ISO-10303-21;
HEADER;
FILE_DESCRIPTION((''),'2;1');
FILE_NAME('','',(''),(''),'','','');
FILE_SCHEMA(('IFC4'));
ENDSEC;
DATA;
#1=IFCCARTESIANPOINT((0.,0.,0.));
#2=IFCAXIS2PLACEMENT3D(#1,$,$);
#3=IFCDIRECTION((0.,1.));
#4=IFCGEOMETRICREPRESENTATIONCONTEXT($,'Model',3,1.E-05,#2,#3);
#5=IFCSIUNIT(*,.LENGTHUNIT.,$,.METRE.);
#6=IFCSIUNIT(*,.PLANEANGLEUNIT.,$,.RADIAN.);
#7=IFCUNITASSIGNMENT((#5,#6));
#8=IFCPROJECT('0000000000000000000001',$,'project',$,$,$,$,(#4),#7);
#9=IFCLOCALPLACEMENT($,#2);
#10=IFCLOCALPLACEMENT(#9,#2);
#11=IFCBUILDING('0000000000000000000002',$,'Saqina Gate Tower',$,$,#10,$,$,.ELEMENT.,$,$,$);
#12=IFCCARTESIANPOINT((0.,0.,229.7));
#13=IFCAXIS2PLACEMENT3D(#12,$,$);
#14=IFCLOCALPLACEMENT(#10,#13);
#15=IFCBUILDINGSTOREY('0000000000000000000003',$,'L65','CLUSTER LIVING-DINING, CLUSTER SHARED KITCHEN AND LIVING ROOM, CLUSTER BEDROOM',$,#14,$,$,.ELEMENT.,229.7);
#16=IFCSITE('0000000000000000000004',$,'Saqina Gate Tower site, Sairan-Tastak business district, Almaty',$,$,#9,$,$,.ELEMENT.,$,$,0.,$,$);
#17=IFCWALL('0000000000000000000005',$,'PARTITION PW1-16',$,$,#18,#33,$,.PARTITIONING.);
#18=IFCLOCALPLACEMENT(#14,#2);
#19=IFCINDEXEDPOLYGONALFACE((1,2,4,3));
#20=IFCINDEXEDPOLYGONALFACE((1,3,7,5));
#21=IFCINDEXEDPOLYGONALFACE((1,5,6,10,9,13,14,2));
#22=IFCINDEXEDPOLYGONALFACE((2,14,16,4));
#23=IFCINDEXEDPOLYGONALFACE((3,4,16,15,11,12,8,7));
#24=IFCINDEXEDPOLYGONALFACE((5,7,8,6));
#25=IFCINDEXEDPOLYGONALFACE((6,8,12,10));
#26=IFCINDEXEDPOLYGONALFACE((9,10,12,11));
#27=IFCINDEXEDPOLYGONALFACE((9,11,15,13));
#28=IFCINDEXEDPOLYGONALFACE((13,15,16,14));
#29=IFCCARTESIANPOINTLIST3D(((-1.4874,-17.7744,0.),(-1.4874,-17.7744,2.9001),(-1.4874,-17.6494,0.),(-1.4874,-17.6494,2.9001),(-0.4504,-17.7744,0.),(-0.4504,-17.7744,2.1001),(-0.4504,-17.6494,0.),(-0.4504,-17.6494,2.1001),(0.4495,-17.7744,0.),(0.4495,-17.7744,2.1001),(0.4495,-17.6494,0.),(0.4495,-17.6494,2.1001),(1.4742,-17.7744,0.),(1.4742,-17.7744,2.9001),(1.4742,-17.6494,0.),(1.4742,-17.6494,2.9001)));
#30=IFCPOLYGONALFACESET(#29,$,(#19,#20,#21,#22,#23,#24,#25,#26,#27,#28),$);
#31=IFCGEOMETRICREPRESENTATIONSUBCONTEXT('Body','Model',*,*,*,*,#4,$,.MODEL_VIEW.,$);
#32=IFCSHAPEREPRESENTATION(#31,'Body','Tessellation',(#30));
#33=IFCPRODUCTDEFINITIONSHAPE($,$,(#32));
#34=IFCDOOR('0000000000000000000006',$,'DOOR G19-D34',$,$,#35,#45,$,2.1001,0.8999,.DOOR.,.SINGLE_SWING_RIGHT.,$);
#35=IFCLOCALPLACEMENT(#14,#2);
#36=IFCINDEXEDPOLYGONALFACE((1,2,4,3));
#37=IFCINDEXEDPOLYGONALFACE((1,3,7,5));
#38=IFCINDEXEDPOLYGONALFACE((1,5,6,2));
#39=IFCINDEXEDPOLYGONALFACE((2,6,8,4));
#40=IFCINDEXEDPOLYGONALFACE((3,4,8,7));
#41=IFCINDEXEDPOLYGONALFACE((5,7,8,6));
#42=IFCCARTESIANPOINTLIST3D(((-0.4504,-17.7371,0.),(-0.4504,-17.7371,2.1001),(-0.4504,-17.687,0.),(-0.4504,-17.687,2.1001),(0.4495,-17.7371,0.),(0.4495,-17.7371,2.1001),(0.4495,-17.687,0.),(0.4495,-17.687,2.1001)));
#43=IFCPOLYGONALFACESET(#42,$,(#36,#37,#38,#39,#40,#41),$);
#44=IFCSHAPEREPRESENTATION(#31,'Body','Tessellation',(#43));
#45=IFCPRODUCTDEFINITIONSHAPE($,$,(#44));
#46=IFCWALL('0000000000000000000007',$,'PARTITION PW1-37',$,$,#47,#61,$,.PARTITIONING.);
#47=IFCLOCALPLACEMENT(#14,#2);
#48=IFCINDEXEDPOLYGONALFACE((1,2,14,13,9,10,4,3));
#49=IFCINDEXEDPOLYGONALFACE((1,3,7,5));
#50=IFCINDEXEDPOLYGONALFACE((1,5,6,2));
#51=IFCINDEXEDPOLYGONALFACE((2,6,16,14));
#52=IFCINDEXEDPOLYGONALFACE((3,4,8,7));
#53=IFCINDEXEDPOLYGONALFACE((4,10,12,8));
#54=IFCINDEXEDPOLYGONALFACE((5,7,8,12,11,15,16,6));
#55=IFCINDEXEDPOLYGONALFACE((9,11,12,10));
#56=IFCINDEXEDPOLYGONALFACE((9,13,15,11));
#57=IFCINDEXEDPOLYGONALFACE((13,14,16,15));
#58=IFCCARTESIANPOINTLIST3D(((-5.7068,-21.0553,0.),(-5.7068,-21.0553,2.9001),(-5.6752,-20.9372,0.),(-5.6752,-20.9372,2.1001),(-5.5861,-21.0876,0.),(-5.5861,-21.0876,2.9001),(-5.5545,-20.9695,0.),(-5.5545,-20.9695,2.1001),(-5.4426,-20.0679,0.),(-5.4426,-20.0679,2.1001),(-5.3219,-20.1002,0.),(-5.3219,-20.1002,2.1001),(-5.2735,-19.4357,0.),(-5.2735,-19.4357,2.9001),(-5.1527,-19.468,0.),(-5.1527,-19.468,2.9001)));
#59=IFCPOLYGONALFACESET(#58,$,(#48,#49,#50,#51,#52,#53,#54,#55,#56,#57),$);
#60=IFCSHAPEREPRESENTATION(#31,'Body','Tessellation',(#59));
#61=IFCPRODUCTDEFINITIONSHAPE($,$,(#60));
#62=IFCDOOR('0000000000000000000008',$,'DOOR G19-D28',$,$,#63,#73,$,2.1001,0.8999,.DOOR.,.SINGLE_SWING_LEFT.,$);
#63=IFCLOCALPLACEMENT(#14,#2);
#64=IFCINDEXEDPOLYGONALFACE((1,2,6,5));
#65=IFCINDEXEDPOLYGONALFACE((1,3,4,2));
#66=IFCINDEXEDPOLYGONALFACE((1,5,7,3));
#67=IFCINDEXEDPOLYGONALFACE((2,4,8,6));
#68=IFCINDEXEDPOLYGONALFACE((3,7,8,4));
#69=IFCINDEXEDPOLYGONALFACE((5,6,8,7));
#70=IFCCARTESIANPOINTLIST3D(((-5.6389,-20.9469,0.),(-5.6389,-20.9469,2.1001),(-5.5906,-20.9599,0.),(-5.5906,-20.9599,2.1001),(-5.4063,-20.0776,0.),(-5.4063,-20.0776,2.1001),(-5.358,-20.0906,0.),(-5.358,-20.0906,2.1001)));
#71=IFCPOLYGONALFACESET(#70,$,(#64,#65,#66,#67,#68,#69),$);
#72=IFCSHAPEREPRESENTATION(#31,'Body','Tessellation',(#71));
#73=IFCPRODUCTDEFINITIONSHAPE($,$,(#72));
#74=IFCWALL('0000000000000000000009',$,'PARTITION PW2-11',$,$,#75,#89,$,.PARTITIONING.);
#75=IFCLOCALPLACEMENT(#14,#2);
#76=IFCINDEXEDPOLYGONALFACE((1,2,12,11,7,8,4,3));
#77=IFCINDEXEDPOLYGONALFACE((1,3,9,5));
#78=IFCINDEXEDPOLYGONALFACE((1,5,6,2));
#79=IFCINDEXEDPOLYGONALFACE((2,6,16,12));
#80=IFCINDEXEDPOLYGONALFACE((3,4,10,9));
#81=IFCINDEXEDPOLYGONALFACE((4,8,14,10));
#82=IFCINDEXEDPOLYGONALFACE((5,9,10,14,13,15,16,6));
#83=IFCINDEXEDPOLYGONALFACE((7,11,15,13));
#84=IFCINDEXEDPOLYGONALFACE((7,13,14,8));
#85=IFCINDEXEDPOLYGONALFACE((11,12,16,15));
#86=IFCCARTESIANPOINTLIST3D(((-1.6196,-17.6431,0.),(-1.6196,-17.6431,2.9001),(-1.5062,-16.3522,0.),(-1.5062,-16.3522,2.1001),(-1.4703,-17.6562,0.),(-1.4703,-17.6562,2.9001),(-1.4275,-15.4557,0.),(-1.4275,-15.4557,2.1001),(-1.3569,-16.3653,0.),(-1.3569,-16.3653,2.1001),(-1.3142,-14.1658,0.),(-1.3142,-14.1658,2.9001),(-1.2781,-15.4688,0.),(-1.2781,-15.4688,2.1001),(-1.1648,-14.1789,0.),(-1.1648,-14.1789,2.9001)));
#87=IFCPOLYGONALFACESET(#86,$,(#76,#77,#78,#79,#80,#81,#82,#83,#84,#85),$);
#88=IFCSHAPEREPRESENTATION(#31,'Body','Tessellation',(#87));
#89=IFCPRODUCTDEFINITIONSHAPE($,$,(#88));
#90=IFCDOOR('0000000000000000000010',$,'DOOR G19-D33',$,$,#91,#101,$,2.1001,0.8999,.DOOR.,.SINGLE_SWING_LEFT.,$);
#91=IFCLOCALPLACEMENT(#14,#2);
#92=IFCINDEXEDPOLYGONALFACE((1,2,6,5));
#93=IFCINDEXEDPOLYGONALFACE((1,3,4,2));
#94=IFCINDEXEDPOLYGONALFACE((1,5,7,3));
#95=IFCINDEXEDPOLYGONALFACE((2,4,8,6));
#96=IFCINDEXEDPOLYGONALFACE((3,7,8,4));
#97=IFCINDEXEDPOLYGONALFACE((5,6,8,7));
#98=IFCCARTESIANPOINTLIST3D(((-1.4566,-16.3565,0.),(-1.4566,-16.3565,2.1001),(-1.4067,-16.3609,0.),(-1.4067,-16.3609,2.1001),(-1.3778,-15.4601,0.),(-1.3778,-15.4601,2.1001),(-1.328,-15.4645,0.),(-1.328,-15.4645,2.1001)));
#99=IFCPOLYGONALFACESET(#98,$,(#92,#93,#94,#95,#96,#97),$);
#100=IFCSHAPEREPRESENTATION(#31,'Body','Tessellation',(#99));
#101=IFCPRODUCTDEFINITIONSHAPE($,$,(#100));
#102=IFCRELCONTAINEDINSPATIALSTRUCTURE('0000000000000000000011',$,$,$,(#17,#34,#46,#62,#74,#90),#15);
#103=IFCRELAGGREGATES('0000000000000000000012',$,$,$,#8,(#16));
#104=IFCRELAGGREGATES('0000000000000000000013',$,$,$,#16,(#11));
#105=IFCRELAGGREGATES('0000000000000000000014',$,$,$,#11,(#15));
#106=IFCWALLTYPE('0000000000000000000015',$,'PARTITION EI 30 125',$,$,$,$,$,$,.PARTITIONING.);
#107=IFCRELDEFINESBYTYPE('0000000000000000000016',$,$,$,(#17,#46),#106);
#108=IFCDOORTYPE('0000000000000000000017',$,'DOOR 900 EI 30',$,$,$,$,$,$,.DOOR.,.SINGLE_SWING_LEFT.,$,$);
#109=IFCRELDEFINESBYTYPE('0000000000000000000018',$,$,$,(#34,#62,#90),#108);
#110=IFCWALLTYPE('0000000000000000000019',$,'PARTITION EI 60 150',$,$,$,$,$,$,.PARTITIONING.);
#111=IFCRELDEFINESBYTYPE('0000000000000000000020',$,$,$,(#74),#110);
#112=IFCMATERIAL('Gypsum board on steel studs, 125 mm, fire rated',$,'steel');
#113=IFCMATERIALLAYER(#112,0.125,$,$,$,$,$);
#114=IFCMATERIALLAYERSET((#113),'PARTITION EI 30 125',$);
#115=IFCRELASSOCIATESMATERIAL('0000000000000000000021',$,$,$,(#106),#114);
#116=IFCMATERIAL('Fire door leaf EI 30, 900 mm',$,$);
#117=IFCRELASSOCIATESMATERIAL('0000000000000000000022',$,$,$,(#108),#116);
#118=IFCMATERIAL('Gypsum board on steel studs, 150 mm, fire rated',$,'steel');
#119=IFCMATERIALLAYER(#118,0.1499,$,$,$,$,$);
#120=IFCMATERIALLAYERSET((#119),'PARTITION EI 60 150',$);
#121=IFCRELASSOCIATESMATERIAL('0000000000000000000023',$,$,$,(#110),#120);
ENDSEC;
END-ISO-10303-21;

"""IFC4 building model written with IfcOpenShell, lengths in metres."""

from ifc_helpers import new_model, si_unit, direction, frame, frame_2d, origin, place, context, subcontext, project, spatial, rectangle, extrude, material, layer, layer_set, type_object, element, fill, save


model = new_model("IFC4")

# Units and contexts
model_context = context("Model", 3, precision=1e-05, world=origin(), true_north=direction((0.0, 1.0)))
body_context = subcontext(model_context, "Body", "Model", "MODEL_VIEW")
ifc_project = project(units=[si_unit("LENGTHUNIT", "METRE"), si_unit("PLANEANGLEUNIT", "RADIAN")], contexts=[model_context])

# Site, building, storey
site_placement = place(None, origin())
site = spatial("IfcSite", under=ifc_project, at=site_placement, Name="Saqina Gate Tower site, Sairan-Tastak business district, Almaty", CompositionType="ELEMENT", RefElevation=0.0)
building_placement = place(site_placement, origin())
building = spatial("IfcBuilding", under=site, at=building_placement, Name="Saqina Gate Tower", CompositionType="ELEMENT")
storey_placement = place(building_placement, frame((0.0, 0.0, 229.7)))
storey = spatial("IfcBuildingStorey", under=building, at=storey_placement, Name="L65", Description="CLUSTER LIVING-DINING, CLUSTER SHARED KITCHEN AND LIVING ROOM, CLUSTER BEDROOM", CompositionType="ELEMENT", Elevation=229.7)

# Shared definitions
ifc_material_1 = material(Name="Gypsum board on steel studs, 125 mm, fire rated", Category="steel")
ifc_layer_1 = layer(ifc_material_1, 0.125)
ifc_layer_set_1 = layer_set([ifc_layer_1], Name="PARTITION EI 30 125")
wall_type_1 = type_object("IfcWallType", Name="PARTITION EI 30 125", PredefinedType="PARTITIONING", material=ifc_layer_set_1)

# Walls, openings, doors
wall_1_placement = place(storey_placement, frame((-1.4875, -17.7119, 0.0), z_axis=(0.0, 0.0, 1.0), x_axis=(1.0, 0.0, 0.0)))
wall_1 = element("IfcWall", 1, at=wall_1_placement, inside=storey, type_object=wall_type_1, Name="PARTITION PW1-16", PredefinedType="PARTITIONING", context=body_context, shape_type="SweptSolid", body=[
    extrude(rectangle(XDim=2.9617, YDim=0.125, at=frame_2d((1.481, 0.0))), origin(), (0.0, 0.0, 1.0), 2.9001),
])
opening_1_placement = place(wall_1_placement, frame((1.0371, 0.0, 0.0)))
opening_1 = element("IfcOpeningElement", 2, at=opening_1_placement, cuts=wall_1, PredefinedType="OPENING", context=body_context, shape_type="SweptSolid", body=[
    extrude(rectangle(XDim=0.8999, YDim=2.1001, at=frame_2d((0.45, 1.05))), frame((0.0, 0.0745, 0.0), z_axis=(0.0, -1.0, 0.0), x_axis=(1.0, 0.0, 0.0)), (0.0, 0.0, 1.0), 0.1489),
])
ifc_material_2 = material(Name="Fire door leaf EI 30, 900 mm")
door_type_1 = type_object("IfcDoorType", Name="DOOR 900 EI 30", OperationType="SINGLE_SWING_LEFT", PredefinedType="DOOR", material=ifc_material_2)
door_1_placement = place(opening_1_placement, origin())
door_1 = element("IfcDoor", 3, at=door_1_placement, inside=storey, type_object=door_type_1, Name="DOOR G19-D34", OperationType="SINGLE_SWING_RIGHT", OverallHeight=2.1001, OverallWidth=0.8999, PredefinedType="DOOR", context=body_context, shape_type="SweptSolid", body=[
    extrude(rectangle(XDim=0.8999, YDim=2.1001, at=frame_2d((0.45, 1.05))), frame((0.0, 0.0249, 0.0), z_axis=(0.0, -1.0, 0.0), x_axis=(1.0, 0.0, 0.0)), (0.0, 0.0, 1.0), 0.05),
])
fill(opening_1, door_1)
wall_2_placement = place(storey_placement, frame((-5.6465, -21.0715, 0.0), z_axis=(0.0, 0.0, 1.0), x_axis=(0.258469, 0.96602, 0.0)))
wall_2 = element("IfcWall", 4, at=wall_2_placement, inside=storey, type_object=wall_type_1, Name="PARTITION PW1-37", PredefinedType="PARTITIONING", context=body_context, shape_type="SweptSolid", body=[
    extrude(rectangle(XDim=1.6765, YDim=0.125, at=frame_2d((0.8384, 0.0))), origin(), (0.0, 0.0, 1.0), 2.9001),
])
opening_2_placement = place(wall_2_placement, frame((0.1223, 0.0, 0.0)))
opening_2 = element("IfcOpeningElement", 5, at=opening_2_placement, cuts=wall_2, PredefinedType="OPENING", context=body_context, shape_type="SweptSolid", body=[
    extrude(rectangle(XDim=0.8999, YDim=2.1001, at=frame_2d((0.45, 1.05))), frame((0.0, 0.0745, 0.0), z_axis=(0.0, -1.0, 0.0), x_axis=(1.0, 0.0, 0.0)), (0.0, 0.0, 1.0), 0.1489),
])
door_2_placement = place(opening_2_placement, origin())
door_2 = element("IfcDoor", 6, at=door_2_placement, inside=storey, type_object=door_type_1, Name="DOOR G19-D28", OperationType="SINGLE_SWING_LEFT", OverallHeight=2.1001, OverallWidth=0.8999, PredefinedType="DOOR", context=body_context, shape_type="SweptSolid", body=[
    extrude(rectangle(XDim=0.8999, YDim=2.1001, at=frame_2d((0.45, 1.05))), frame((0.0, 0.0249, 0.0), z_axis=(0.0, -1.0, 0.0), x_axis=(1.0, 0.0, 0.0)), (0.0, 0.0, 1.0), 0.05),
])
fill(opening_2, door_2)
ifc_material_3 = material(Name="Gypsum board on steel studs, 150 mm, fire rated", Category="steel")
ifc_layer_2 = layer(ifc_material_3, 0.1499)
ifc_layer_set_2 = layer_set([ifc_layer_2], Name="PARTITION EI 60 150")
wall_type_2 = type_object("IfcWallType", Name="PARTITION EI 60 150", PredefinedType="PARTITIONING", material=ifc_layer_set_2)
wall_3_placement = place(storey_placement, frame((-1.5449, -17.6497, 0.0), z_axis=(0.0, 0.0, 1.0), x_axis=(0.087496, 0.996165, 0.0)))
wall_3 = element("IfcWall", 7, at=wall_3_placement, inside=storey, type_object=wall_type_2, Name="PARTITION PW2-11", PredefinedType="PARTITIONING", context=body_context, shape_type="SweptSolid", body=[
    extrude(rectangle(XDim=3.4907, YDim=0.1499, at=frame_2d((1.7454, 0.0))), origin(), (0.0, 0.0, 1.0), 2.9001),
])
opening_3_placement = place(wall_3_placement, frame((1.2959, 0.0, 0.0)))
opening_3 = element("IfcOpeningElement", 8, at=opening_3_placement, cuts=wall_3, PredefinedType="OPENING", context=body_context, shape_type="SweptSolid", body=[
    extrude(rectangle(XDim=0.8999, YDim=2.1001, at=frame_2d((0.45, 1.05))), frame((0.0, 0.0869, 0.0), z_axis=(0.0, -1.0, 0.0), x_axis=(1.0, 0.0, 0.0)), (0.0, 0.0, 1.0), 0.1738),
])
door_3_placement = place(opening_3_placement, frame((0.8999, 0.0, 0.0), z_axis=(0.0, 0.0, 1.0), x_axis=(-1.0, 0.0, 0.0)))
door_3 = element("IfcDoor", 9, at=door_3_placement, inside=storey, type_object=door_type_1, Name="DOOR G19-D33", OperationType="SINGLE_SWING_LEFT", OverallHeight=2.1001, OverallWidth=0.8999, PredefinedType="DOOR", context=body_context, shape_type="SweptSolid", body=[
    extrude(rectangle(XDim=0.8999, YDim=2.1001, at=frame_2d((0.45, 1.05))), frame((0.0, 0.0249, 0.0), z_axis=(0.0, -1.0, 0.0), x_axis=(1.0, 0.0, 0.0)), (0.0, 0.0, 1.0), 0.05),
])
fill(opening_3, door_3)

save(model, "model.ifc")
